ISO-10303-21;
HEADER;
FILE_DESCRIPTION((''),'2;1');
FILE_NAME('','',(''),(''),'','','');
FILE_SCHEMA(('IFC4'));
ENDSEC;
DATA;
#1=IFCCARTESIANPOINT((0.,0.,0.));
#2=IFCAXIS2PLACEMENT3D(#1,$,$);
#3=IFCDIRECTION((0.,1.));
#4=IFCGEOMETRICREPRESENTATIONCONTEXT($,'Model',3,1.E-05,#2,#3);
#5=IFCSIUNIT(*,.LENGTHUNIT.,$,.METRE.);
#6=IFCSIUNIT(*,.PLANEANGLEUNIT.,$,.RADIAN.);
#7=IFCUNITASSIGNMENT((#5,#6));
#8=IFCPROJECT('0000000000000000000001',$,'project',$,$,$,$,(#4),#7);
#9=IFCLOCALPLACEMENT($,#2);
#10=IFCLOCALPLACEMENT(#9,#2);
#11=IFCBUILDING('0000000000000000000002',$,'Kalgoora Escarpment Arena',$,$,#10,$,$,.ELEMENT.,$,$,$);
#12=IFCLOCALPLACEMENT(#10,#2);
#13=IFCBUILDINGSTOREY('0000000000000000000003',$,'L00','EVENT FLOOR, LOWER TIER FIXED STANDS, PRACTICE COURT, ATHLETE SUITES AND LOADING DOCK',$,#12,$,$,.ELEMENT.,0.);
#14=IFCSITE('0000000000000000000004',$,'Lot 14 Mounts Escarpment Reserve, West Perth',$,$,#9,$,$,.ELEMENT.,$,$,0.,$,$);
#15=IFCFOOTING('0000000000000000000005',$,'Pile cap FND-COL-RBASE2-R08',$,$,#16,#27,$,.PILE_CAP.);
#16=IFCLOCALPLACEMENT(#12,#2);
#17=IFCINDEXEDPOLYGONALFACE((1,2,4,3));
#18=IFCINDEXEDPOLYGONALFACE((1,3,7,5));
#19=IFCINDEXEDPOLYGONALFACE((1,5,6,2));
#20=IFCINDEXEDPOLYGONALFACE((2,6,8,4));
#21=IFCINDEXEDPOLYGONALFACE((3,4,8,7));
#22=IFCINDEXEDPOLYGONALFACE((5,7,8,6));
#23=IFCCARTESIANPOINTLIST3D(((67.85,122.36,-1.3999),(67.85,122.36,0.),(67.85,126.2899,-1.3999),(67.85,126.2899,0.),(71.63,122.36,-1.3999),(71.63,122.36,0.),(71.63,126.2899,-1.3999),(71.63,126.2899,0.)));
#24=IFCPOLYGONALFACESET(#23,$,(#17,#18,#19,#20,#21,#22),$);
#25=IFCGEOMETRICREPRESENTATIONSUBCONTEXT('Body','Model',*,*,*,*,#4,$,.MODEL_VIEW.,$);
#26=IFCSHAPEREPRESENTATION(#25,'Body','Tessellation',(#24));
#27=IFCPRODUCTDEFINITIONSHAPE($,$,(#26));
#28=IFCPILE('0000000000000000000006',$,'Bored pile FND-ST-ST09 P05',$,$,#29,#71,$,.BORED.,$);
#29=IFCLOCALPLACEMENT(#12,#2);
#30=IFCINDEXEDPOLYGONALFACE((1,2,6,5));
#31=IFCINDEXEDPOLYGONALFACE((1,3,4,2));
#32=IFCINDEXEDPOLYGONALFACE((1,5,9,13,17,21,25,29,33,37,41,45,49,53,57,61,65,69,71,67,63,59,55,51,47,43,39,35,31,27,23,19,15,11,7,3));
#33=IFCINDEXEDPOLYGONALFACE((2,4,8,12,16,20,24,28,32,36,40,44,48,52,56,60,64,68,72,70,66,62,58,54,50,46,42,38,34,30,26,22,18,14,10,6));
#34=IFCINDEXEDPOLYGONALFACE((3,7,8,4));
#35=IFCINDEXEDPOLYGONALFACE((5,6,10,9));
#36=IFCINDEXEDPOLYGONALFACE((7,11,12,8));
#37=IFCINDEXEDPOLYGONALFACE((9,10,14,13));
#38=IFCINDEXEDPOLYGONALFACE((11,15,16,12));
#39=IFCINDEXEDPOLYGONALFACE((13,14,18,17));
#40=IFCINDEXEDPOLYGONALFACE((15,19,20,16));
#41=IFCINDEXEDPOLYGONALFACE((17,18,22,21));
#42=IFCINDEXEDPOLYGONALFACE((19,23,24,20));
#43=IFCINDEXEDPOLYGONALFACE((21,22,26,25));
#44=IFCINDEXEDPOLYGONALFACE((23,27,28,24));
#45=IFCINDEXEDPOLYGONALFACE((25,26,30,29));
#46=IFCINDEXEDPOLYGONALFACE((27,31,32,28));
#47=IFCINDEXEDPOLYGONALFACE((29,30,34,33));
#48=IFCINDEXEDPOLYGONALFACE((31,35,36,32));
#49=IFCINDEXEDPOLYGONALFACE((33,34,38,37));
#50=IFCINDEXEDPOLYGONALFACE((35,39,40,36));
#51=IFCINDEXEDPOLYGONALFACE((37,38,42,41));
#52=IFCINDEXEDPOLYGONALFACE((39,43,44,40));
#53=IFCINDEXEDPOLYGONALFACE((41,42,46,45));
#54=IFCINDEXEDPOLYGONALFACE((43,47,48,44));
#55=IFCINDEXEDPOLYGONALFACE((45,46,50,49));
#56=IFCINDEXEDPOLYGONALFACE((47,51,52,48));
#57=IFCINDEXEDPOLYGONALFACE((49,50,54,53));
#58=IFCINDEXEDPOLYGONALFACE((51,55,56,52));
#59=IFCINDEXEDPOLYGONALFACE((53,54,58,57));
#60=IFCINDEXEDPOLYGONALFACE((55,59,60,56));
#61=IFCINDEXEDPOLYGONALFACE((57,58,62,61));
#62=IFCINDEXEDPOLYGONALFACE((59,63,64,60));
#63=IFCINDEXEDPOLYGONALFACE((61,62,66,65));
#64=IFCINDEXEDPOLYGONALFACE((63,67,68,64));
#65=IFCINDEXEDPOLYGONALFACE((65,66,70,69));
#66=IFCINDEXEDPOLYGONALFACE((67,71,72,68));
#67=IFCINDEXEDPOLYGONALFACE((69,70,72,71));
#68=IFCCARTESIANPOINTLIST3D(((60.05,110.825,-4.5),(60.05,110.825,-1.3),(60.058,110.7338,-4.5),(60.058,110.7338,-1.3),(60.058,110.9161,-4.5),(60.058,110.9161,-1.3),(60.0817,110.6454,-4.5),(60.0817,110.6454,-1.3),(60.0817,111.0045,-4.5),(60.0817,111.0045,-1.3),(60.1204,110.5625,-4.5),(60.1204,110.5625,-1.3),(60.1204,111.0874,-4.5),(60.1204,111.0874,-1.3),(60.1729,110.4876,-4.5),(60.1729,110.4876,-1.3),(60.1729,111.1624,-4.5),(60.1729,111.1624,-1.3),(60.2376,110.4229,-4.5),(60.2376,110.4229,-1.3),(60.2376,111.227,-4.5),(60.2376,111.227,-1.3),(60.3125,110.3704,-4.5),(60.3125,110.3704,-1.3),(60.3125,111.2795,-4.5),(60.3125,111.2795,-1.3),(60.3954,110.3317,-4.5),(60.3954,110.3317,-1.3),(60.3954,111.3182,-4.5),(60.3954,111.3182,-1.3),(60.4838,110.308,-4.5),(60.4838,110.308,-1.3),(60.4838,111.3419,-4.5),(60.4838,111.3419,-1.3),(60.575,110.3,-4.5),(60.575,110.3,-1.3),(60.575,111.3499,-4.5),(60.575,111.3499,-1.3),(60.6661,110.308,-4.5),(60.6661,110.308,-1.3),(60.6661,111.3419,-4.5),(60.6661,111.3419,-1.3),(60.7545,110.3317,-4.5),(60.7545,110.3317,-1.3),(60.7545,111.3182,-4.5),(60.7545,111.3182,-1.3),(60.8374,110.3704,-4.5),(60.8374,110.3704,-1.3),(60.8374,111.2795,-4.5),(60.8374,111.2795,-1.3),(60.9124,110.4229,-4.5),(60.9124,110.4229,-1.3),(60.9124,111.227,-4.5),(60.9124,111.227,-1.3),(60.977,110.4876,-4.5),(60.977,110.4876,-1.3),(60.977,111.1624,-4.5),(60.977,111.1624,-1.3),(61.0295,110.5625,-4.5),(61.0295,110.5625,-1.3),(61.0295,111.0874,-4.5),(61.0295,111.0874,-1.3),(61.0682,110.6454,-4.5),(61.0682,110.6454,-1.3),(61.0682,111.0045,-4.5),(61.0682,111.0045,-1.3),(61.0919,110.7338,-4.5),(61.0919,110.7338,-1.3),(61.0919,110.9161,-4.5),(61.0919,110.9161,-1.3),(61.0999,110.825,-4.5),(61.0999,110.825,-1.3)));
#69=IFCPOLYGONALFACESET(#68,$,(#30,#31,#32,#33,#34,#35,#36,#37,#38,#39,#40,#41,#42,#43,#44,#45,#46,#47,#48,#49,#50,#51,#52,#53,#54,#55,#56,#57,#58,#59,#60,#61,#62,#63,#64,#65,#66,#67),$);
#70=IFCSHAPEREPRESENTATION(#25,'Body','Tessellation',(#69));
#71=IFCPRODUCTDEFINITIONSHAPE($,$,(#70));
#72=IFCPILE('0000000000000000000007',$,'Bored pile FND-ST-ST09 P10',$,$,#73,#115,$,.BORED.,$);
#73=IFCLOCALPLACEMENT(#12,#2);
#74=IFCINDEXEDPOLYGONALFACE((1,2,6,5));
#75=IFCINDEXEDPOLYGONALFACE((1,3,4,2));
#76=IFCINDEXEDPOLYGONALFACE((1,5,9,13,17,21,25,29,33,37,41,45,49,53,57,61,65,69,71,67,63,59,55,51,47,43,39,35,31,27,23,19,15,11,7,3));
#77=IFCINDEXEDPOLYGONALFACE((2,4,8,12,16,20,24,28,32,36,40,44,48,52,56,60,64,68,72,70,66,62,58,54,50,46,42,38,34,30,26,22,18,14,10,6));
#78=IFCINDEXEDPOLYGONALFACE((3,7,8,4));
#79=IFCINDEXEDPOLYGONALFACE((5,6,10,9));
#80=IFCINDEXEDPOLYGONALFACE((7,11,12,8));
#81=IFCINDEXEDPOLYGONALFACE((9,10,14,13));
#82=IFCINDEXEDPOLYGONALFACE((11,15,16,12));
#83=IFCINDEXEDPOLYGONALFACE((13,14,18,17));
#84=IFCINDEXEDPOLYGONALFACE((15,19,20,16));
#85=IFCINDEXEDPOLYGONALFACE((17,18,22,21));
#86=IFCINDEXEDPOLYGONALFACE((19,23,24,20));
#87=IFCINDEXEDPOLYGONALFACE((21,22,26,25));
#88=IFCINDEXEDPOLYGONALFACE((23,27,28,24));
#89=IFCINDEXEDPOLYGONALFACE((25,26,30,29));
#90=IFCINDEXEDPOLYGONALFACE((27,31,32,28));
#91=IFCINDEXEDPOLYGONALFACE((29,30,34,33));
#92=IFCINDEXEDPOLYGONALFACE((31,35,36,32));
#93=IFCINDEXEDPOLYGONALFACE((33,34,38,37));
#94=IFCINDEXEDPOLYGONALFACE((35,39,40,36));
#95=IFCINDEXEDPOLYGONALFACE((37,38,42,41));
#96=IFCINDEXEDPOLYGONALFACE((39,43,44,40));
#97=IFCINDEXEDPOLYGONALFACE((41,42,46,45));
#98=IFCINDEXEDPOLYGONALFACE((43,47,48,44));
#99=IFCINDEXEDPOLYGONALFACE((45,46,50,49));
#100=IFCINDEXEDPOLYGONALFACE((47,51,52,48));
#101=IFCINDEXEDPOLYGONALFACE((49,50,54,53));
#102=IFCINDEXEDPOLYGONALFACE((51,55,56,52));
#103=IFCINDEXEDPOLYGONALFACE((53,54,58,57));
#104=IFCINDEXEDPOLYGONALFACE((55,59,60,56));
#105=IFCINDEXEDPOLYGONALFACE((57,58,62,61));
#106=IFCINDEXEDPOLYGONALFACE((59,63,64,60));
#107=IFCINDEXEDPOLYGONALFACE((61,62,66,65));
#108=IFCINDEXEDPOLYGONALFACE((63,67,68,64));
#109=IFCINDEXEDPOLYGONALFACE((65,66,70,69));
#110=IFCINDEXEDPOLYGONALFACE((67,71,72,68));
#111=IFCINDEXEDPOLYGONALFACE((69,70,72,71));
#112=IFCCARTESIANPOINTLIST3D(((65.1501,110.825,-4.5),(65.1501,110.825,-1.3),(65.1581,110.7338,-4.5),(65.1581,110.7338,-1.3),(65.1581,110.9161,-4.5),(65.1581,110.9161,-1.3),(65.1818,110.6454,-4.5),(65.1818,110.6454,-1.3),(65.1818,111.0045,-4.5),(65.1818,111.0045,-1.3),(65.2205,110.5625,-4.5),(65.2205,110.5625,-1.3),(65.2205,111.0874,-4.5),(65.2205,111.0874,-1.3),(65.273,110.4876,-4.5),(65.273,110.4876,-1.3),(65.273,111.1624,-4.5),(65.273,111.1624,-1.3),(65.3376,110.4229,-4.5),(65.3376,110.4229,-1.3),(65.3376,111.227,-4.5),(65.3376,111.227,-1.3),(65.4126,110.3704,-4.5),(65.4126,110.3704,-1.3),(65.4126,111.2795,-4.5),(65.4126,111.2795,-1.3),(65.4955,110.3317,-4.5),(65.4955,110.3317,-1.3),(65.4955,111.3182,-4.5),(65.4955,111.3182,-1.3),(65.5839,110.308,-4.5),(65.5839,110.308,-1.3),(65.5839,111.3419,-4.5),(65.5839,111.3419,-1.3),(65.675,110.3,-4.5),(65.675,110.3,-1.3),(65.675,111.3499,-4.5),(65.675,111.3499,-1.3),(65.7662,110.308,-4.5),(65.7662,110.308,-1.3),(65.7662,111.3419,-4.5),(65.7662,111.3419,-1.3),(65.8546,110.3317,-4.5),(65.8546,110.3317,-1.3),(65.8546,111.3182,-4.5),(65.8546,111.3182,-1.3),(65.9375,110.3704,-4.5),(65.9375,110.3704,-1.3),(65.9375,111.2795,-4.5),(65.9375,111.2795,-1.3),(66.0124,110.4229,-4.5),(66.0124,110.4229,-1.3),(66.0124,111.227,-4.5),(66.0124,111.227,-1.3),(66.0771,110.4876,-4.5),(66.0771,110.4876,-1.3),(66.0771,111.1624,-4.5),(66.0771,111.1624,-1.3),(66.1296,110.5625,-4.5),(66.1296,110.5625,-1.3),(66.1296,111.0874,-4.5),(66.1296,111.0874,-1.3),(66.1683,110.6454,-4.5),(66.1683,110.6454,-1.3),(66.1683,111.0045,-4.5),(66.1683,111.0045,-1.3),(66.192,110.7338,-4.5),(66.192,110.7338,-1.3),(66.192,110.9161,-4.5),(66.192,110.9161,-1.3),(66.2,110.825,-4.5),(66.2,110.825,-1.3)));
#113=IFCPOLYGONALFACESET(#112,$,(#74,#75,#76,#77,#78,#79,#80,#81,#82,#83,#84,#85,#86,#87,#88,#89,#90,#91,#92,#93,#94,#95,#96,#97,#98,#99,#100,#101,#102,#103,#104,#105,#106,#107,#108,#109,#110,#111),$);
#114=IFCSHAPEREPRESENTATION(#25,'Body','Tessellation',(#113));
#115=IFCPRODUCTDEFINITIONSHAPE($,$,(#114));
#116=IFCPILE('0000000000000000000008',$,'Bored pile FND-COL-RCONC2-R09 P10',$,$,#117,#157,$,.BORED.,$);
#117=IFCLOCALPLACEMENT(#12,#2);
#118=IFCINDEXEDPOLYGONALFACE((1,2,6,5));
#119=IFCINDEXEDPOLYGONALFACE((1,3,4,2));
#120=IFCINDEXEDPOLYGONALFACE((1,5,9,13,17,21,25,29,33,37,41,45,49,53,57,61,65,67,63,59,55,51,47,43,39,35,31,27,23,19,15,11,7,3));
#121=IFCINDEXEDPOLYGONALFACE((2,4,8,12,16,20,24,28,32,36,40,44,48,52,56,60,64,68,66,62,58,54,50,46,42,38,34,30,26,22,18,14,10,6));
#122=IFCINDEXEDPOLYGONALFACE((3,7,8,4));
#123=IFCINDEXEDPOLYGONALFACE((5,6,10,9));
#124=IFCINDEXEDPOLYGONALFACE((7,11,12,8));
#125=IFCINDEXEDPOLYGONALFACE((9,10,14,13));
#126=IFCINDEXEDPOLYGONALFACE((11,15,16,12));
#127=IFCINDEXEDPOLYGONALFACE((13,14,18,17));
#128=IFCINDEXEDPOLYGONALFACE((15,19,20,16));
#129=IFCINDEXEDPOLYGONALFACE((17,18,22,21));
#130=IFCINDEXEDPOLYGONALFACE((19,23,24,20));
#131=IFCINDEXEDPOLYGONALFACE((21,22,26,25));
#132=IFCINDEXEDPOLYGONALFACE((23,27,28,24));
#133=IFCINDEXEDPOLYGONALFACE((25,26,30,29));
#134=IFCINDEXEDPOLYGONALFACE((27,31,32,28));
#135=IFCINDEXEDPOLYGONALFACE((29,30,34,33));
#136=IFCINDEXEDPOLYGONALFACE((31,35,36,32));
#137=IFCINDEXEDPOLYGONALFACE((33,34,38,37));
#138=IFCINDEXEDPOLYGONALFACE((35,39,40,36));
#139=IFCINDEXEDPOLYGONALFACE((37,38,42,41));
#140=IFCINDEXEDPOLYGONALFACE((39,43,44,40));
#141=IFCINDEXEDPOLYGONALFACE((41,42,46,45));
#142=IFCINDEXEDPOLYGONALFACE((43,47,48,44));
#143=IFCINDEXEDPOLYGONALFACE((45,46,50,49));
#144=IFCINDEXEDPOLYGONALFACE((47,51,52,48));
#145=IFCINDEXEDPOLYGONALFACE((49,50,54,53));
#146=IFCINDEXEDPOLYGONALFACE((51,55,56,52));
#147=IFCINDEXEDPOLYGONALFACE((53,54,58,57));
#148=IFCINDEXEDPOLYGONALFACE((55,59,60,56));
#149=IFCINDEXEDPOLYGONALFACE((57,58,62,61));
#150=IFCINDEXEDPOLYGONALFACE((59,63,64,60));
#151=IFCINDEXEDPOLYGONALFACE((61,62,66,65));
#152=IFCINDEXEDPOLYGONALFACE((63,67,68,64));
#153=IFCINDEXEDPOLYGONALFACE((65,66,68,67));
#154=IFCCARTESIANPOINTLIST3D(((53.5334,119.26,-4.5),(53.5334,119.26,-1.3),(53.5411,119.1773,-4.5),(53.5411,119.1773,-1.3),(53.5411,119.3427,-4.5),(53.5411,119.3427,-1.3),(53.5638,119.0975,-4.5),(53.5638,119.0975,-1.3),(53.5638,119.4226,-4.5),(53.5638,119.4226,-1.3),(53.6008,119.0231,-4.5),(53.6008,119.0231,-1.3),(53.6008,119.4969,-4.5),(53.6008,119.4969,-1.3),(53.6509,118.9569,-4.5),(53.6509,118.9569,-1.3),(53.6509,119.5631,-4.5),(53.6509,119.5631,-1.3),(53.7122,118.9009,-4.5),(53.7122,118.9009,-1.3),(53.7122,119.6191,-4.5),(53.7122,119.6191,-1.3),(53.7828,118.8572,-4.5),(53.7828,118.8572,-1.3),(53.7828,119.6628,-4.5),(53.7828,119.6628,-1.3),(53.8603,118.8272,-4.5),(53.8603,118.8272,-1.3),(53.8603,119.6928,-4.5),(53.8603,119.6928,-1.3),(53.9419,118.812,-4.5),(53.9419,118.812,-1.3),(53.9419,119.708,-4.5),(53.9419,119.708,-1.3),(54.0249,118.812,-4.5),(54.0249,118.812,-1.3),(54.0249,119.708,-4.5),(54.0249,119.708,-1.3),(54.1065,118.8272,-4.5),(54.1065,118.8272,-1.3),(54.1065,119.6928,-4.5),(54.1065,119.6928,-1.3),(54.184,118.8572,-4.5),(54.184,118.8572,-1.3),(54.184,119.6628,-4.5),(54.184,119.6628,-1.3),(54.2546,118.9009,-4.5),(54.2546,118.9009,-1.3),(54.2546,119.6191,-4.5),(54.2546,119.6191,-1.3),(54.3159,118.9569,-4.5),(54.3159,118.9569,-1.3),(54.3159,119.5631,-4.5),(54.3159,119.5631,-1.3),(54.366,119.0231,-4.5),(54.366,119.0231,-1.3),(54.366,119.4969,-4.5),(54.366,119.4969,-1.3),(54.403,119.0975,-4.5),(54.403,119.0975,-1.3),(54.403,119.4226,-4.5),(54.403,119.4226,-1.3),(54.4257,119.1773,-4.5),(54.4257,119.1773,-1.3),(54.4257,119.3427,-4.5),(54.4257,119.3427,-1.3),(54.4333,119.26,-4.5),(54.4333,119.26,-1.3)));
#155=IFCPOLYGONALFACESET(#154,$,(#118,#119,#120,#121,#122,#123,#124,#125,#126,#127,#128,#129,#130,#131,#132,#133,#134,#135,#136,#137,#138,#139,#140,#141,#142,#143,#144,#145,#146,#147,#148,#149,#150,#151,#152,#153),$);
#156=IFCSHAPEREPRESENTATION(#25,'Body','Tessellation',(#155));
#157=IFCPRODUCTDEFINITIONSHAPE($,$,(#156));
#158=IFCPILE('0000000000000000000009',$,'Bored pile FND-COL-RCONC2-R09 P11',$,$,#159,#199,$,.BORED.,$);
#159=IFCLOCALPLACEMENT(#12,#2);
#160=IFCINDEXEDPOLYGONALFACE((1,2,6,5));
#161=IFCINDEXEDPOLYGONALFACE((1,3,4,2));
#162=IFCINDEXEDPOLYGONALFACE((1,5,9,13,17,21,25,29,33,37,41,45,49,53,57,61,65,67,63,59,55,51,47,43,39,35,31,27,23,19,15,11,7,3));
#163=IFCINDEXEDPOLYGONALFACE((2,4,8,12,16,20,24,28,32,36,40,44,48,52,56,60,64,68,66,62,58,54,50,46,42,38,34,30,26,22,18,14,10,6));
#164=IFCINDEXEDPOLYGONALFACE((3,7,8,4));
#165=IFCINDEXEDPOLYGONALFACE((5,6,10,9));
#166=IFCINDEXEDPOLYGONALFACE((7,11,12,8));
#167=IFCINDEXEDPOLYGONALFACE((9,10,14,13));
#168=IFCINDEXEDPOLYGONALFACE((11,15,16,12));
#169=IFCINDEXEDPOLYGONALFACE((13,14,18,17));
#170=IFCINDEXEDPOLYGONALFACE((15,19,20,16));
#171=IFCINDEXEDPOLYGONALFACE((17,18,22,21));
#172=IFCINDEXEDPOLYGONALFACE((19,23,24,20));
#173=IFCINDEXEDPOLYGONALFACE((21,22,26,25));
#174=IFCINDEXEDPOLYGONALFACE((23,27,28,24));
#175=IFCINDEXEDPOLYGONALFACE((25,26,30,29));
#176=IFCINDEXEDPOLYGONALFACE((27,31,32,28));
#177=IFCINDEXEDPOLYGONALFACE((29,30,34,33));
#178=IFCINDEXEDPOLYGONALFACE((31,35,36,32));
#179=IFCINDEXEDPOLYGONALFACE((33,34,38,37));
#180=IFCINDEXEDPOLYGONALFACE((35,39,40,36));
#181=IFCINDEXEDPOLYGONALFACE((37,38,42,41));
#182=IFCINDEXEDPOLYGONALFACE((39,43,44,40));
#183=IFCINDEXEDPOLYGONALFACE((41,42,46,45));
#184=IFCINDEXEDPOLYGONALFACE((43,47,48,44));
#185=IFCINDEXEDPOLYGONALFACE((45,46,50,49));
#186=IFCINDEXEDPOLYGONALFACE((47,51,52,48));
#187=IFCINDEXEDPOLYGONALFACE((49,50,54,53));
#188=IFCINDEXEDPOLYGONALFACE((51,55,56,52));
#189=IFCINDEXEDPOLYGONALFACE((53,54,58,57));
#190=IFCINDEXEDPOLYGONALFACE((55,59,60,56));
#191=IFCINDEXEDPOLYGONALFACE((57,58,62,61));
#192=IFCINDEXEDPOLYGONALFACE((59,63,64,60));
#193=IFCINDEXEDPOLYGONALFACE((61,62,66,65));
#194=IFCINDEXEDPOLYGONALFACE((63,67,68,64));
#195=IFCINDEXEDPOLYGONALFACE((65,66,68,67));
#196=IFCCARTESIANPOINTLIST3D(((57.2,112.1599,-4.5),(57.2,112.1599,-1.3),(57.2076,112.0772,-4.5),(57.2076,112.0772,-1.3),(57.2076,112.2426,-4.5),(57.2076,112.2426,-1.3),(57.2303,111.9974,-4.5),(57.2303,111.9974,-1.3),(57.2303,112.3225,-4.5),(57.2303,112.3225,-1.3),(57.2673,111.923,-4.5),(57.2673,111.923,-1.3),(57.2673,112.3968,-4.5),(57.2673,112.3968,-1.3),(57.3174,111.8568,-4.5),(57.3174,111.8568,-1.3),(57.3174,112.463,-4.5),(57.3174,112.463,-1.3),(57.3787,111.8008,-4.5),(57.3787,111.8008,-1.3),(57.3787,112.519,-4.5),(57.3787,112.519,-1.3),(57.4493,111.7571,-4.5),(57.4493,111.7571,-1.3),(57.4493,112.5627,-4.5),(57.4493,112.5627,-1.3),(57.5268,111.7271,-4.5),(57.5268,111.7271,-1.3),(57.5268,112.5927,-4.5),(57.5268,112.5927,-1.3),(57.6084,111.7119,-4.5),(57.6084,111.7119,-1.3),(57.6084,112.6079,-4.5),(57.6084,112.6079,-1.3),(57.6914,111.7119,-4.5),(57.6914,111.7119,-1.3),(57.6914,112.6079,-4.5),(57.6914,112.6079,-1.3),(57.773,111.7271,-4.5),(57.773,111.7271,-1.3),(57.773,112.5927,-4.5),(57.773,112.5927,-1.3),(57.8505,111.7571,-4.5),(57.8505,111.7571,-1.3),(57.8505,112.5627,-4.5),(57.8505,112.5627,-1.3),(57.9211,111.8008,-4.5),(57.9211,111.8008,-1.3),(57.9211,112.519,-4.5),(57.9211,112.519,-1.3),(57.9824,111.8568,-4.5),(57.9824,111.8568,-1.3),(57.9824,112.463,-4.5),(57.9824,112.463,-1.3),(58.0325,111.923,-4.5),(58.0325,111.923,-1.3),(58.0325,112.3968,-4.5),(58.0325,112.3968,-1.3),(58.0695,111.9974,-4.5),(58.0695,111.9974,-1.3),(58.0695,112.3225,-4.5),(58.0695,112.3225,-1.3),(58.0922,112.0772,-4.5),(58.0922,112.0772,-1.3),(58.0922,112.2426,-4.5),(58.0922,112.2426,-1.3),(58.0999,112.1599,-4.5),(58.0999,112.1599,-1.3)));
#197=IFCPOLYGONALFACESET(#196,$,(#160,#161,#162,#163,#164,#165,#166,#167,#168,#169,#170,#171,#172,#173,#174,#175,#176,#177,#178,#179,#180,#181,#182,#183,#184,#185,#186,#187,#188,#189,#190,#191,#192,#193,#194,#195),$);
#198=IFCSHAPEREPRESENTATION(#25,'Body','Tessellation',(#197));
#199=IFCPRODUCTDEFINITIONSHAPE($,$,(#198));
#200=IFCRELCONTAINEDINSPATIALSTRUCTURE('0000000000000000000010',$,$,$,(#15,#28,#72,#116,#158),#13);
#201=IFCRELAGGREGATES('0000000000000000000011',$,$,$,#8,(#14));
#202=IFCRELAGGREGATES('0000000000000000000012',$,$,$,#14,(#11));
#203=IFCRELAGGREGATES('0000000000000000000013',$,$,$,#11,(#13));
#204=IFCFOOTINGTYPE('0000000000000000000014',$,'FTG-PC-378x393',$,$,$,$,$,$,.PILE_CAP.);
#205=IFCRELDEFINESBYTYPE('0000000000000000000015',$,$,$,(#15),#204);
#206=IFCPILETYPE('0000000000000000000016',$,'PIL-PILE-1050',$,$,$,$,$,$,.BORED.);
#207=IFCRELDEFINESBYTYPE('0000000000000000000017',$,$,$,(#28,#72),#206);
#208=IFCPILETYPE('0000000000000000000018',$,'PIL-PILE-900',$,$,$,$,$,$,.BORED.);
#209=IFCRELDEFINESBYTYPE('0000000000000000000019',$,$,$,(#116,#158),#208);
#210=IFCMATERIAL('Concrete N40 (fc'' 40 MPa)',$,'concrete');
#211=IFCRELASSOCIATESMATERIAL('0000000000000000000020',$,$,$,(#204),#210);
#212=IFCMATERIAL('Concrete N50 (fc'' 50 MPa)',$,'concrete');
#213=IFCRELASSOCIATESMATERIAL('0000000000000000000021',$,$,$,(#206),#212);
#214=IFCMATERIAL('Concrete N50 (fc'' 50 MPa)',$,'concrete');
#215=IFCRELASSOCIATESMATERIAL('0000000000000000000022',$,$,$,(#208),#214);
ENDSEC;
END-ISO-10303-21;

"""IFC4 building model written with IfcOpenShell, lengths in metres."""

from ifc_helpers import new_model, si_unit, direction, frame, origin, origin_2d, place, context, subcontext, project, spatial, rectangle, circle, extrude, material, material_profile, profile_set, type_object, element, save


model = new_model("IFC4")

# Units and contexts
model_context = context("Model", 3, precision=1e-05, world=origin(), true_north=direction((0.0, 1.0)))
body_context = subcontext(model_context, "Body", "Model", "MODEL_VIEW")
ifc_project = project(units=[si_unit("LENGTHUNIT", "METRE"), si_unit("PLANEANGLEUNIT", "RADIAN")], contexts=[model_context])

# Site, building, storey
site_placement = place(None, origin())
site = spatial("IfcSite", under=ifc_project, at=site_placement, Name="Lot 14 Mounts Escarpment Reserve, West Perth", CompositionType="ELEMENT", RefElevation=0.0)
building_placement = place(site_placement, origin())
building = spatial("IfcBuilding", under=site, at=building_placement, Name="Kalgoora Escarpment Arena", CompositionType="ELEMENT")
storey_placement = place(building_placement, origin())
storey = spatial("IfcBuildingStorey", under=building, at=storey_placement, Name="L00", Description="EVENT FLOOR, LOWER TIER FIXED STANDS, PRACTICE COURT, ATHLETE SUITES AND LOADING DOCK", CompositionType="ELEMENT", Elevation=0.0)

# Footing
ifc_material_1 = material(Name="Concrete N40 (fc' 40 MPa)", Category="concrete")
footing_type = type_object("IfcFootingType", Name="FTG-PC-378x393", PredefinedType="PILE_CAP", material=ifc_material_1)
footing_placement = place(storey_placement, frame((69.74, 124.325, -1.3999), z_axis=(0.0, 0.0, 1.0), x_axis=(1.0, 0.0, 0.0)))
element("IfcFooting", 1, at=footing_placement, inside=storey, type_object=footing_type, Name="Pile cap FND-COL-RBASE2-R08", PredefinedType="PILE_CAP", context=body_context, shape_type="SweptSolid", body=[
    extrude(rectangle(XDim=3.78, YDim=3.9299, at=origin_2d()), origin(), (0.0, 0.0, 1.0), 1.3999),
])

# Piles
ifc_material_2 = material(Name="Concrete N50 (fc' 50 MPa)", Category="concrete")
ifc_material_profile_1 = material_profile(ifc_material_2, circle(Radius=0.5249, at=origin_2d()))
ifc_profile_set_1 = profile_set([ifc_material_profile_1], Name="Concrete N50 (fc' 50 MPa)")
pile_type_1 = type_object("IfcPileType", Name="PIL-PILE-1050", PredefinedType="BORED", material=ifc_profile_set_1)
for number, where, z_axis, x_axis, name in (
    (2, (60.575, 110.825, -1.3), (0.0, 0.0, -1.0), (1.0, 0.0, 0.0), "Bored pile FND-ST-ST09 P05"),
    (3, (65.675, 110.825, -1.3), (0.0, 0.0, -1.0), (1.0, 0.0, 0.0), "Bored pile FND-ST-ST09 P10"),
):
    element("IfcPile", number, at=place(storey_placement, frame(where, z_axis=z_axis, x_axis=x_axis)), inside=storey, type_object=pile_type_1, Name=name, PredefinedType="BORED", context=body_context, shape_type="SweptSolid", body=[
        extrude(circle(Radius=0.5249, at=origin_2d()), origin(), (0.0, 0.0, 1.0), 3.2),
    ])
ifc_material_3 = material(Name="Concrete N50 (fc' 50 MPa)", Category="concrete")
ifc_material_profile_2 = material_profile(ifc_material_3, circle(Radius=0.45, at=origin_2d()))
ifc_profile_set_2 = profile_set([ifc_material_profile_2], Name="Concrete N50 (fc' 50 MPa)")
pile_type_2 = type_object("IfcPileType", Name="PIL-PILE-900", PredefinedType="BORED", material=ifc_profile_set_2)
for number, where, z_axis, x_axis, name in (
    (4, (53.9834, 119.26, -1.3), (0.0, 0.0, -1.0), (1.0, 0.0, 0.0), "Bored pile FND-COL-RCONC2-R09 P10"),
    (5, (57.6499, 112.1599, -1.3), (0.0, 0.0, -1.0), (1.0, 0.0, 0.0), "Bored pile FND-COL-RCONC2-R09 P11"),
):
    element("IfcPile", number, at=place(storey_placement, frame(where, z_axis=z_axis, x_axis=x_axis)), inside=storey, type_object=pile_type_2, Name=name, PredefinedType="BORED", context=body_context, shape_type="SweptSolid", body=[
        extrude(circle(Radius=0.45, at=origin_2d()), origin(), (0.0, 0.0, 1.0), 3.2),
    ])

save(model, "model.ifc")
